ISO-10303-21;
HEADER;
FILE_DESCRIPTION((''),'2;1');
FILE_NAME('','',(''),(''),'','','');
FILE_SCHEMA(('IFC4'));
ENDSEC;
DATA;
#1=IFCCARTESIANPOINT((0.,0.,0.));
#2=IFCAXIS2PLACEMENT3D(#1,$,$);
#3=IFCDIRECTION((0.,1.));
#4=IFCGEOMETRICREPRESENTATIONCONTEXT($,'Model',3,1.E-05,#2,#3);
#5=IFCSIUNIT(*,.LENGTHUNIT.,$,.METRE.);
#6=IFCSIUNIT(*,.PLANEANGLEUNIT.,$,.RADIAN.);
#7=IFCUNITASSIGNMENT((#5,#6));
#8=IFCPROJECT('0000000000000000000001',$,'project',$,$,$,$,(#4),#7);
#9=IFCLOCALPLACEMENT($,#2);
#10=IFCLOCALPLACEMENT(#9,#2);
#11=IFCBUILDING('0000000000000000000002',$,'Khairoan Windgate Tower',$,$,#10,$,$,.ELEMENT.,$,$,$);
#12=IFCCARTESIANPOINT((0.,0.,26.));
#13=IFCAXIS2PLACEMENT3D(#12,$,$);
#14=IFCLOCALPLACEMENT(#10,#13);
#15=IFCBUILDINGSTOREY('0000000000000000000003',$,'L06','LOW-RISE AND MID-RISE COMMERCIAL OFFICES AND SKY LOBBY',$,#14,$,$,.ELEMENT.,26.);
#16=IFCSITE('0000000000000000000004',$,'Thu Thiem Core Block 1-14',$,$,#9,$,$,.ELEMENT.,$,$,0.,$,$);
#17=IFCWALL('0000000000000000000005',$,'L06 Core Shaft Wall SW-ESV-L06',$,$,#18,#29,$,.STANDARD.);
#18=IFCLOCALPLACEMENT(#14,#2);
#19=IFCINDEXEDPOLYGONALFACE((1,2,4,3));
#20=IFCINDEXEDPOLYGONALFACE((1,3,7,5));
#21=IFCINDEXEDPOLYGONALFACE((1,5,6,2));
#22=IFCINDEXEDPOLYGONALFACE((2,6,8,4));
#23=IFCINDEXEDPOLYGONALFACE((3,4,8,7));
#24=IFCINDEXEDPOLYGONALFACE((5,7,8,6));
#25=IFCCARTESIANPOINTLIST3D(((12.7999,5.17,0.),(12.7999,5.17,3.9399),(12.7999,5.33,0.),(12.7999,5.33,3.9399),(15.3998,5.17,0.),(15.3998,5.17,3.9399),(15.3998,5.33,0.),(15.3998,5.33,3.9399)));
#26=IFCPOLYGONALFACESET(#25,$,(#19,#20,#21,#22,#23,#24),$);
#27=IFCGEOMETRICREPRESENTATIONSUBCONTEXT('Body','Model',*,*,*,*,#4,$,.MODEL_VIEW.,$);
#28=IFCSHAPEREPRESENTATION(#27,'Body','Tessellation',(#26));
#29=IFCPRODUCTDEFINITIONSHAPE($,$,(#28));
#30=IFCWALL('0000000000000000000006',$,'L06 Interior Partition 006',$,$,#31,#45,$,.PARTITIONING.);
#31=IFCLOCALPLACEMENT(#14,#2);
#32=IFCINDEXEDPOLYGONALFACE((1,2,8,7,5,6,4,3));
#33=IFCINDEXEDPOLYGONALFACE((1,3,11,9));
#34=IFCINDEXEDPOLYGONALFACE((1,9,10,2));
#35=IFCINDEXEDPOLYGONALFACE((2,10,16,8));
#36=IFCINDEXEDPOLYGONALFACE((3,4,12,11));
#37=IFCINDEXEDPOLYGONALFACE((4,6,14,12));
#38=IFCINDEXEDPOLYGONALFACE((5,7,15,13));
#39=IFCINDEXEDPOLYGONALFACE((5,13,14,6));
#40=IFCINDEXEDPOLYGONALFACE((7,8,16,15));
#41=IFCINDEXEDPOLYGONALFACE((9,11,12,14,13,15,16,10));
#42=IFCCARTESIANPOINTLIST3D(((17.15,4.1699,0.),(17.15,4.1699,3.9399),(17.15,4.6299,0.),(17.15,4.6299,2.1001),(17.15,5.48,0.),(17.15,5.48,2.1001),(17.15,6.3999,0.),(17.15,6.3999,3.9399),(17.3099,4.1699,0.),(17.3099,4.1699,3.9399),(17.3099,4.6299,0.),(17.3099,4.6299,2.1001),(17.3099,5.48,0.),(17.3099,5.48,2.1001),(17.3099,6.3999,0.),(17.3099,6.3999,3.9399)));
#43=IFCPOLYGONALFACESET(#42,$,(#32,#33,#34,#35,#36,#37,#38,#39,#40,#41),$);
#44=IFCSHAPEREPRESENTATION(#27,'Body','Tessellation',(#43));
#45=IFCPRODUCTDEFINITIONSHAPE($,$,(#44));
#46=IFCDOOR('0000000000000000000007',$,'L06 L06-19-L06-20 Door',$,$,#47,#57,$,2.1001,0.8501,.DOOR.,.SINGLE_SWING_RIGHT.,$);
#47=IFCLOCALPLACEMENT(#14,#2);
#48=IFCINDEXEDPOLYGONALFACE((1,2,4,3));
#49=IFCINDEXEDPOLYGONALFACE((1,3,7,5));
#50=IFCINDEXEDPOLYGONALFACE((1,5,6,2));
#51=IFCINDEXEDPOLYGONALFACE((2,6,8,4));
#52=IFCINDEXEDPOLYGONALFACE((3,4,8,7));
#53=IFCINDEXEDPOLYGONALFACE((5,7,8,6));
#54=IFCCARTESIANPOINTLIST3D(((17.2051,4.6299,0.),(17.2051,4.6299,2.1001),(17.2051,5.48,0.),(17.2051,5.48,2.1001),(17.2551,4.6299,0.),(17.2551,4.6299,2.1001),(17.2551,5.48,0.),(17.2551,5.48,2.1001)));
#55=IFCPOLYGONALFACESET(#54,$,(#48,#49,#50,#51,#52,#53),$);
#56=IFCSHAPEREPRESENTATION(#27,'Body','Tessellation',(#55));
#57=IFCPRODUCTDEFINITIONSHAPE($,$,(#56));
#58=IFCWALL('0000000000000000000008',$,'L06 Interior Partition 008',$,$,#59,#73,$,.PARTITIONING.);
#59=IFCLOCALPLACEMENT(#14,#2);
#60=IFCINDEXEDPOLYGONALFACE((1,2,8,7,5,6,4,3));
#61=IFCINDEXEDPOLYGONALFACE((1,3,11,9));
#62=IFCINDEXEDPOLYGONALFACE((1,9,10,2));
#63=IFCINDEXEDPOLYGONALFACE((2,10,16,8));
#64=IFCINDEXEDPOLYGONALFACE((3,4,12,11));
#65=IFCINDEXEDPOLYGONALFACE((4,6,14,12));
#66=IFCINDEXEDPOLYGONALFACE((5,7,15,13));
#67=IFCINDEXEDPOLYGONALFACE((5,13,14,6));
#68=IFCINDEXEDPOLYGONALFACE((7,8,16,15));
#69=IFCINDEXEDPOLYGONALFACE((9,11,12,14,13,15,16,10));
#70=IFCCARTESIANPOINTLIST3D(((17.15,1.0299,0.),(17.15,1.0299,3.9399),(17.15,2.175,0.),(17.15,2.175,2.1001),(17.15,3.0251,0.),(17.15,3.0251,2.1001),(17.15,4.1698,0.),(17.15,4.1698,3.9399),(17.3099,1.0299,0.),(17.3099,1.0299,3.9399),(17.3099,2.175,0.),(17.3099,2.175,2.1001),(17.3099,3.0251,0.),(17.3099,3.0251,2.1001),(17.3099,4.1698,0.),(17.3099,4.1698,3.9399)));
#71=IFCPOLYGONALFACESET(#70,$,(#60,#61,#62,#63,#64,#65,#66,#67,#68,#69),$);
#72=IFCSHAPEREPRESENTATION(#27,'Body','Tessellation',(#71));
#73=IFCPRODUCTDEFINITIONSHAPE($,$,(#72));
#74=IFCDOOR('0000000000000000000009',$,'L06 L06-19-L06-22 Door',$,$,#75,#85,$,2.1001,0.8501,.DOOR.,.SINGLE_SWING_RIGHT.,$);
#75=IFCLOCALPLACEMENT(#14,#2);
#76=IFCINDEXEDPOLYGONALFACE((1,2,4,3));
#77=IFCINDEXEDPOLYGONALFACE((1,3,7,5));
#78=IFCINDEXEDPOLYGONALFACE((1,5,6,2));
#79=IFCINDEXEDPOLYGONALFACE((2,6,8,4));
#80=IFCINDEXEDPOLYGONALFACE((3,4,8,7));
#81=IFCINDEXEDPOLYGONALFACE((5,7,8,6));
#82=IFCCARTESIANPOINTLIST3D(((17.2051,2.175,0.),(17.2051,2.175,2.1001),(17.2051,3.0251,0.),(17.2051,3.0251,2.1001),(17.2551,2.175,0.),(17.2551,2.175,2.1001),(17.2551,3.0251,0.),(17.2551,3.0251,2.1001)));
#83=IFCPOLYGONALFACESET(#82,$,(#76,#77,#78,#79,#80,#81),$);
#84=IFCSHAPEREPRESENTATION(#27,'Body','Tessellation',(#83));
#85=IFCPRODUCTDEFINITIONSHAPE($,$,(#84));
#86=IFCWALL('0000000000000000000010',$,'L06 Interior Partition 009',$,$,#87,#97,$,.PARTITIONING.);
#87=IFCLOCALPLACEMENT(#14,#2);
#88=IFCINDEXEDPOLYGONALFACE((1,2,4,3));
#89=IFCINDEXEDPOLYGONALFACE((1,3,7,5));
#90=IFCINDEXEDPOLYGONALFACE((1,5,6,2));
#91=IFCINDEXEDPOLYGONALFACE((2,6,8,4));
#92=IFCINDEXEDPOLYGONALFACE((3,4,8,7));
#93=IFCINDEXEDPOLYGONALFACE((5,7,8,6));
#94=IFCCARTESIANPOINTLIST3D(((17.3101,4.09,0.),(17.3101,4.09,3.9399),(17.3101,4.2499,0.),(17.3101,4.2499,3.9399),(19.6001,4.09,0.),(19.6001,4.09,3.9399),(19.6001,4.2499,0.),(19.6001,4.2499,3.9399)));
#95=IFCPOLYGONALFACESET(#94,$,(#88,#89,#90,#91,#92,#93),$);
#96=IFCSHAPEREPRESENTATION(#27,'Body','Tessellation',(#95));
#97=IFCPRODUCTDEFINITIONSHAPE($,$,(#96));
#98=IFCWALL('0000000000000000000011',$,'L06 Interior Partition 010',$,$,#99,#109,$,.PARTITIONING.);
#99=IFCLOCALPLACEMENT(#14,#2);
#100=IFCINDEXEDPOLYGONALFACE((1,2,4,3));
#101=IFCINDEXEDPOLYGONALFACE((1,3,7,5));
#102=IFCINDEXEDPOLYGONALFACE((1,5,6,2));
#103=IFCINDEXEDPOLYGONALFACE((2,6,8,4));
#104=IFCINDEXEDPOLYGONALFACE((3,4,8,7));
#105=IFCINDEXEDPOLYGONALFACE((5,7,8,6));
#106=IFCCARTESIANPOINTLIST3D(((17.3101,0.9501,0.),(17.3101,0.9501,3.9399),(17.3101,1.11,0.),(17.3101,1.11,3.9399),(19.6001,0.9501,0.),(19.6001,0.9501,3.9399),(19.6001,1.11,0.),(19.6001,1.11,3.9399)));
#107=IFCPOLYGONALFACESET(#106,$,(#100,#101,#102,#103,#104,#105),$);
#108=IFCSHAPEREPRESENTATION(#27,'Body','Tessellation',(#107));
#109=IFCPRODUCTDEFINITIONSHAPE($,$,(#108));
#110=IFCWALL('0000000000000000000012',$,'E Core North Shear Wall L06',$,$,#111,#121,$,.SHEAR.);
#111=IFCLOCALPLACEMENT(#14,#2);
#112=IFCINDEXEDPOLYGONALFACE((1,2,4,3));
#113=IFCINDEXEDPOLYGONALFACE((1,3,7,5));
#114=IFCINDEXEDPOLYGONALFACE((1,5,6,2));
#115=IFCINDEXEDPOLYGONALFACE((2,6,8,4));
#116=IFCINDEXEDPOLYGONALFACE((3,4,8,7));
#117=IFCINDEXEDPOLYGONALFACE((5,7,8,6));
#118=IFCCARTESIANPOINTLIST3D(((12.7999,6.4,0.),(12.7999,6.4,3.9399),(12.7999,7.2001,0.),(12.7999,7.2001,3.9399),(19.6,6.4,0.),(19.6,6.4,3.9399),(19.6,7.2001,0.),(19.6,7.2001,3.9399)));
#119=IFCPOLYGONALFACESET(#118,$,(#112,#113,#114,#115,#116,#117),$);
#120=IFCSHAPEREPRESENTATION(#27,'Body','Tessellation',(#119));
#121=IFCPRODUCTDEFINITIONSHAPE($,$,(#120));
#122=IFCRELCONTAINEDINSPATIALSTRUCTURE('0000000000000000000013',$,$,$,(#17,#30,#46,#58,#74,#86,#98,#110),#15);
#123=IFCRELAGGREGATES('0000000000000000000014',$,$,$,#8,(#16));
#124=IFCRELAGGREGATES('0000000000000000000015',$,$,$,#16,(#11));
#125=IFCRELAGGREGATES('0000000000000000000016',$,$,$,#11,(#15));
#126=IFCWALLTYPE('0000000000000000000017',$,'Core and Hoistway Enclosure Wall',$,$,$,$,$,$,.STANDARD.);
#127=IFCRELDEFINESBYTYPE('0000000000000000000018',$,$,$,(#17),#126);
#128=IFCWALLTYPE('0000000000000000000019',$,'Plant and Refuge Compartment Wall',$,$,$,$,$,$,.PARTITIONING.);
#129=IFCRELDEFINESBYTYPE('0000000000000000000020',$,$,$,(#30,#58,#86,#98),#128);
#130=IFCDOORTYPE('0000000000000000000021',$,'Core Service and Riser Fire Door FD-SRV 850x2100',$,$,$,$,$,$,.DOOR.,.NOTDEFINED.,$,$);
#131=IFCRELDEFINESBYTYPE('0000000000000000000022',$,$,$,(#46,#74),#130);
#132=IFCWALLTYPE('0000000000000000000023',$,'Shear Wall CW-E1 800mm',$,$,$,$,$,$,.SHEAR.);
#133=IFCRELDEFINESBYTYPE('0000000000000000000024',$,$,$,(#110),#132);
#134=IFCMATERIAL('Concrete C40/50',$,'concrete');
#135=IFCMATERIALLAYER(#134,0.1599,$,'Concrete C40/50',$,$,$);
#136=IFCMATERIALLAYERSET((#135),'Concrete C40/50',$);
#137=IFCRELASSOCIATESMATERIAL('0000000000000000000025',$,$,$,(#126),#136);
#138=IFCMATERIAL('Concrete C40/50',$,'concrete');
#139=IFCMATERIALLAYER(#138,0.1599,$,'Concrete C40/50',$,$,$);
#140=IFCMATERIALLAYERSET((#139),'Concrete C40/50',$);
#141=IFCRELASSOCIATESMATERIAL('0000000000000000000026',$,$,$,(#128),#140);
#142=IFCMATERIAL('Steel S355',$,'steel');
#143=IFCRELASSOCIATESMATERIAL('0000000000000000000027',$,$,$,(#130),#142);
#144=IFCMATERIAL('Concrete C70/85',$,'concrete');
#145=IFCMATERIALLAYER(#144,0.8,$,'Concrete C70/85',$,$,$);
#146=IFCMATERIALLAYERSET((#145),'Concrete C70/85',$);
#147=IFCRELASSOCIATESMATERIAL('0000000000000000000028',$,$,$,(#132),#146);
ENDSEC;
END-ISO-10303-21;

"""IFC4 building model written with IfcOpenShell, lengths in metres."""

from ifc_helpers import new_model, si_unit, direction, frame, frame_2d, origin, place, context, subcontext, project, spatial, rectangle, extrude, material, layer, layer_set, type_object, element, fill, save


model = new_model("IFC4")

# Units and contexts
model_context = context("Model", 3, precision=1e-05, world=origin(), true_north=direction((0.0, 1.0)))
body_context = subcontext(model_context, "Body", "Model", "MODEL_VIEW")
ifc_project = project(units=[si_unit("LENGTHUNIT", "METRE"), si_unit("PLANEANGLEUNIT", "RADIAN")], contexts=[model_context])

# Site, building, storey
site_placement = place(None, origin())
site = spatial("IfcSite", under=ifc_project, at=site_placement, Name="Thu Thiem Core Block 1-14", CompositionType="ELEMENT", RefElevation=0.0)
building_placement = place(site_placement, origin())
building = spatial("IfcBuilding", under=site, at=building_placement, Name="Khairoan Windgate Tower", CompositionType="ELEMENT")
storey_placement = place(building_placement, frame((0.0, 0.0, 26.0)))
storey = spatial("IfcBuildingStorey", under=building, at=storey_placement, Name="L06", Description="LOW-RISE AND MID-RISE COMMERCIAL OFFICES AND SKY LOBBY", CompositionType="ELEMENT", Elevation=26.0)

# Wall
ifc_material_1 = material(Name="Concrete C40/50", Category="concrete")
ifc_layer_1 = layer(ifc_material_1, 0.1599, Name="Concrete C40/50")
ifc_layer_set_1 = layer_set([ifc_layer_1], Name="Concrete C40/50")
wall_type_1 = type_object("IfcWallType", Name="Core and Hoistway Enclosure Wall", PredefinedType="STANDARD", material=ifc_layer_set_1)
wall_1_placement = place(storey_placement, frame((12.8, 5.25, 0.0), z_axis=(0.0, 0.0, 1.0), x_axis=(1.0, 0.0, 0.0)))
element("IfcWall", 1, at=wall_1_placement, inside=storey, type_object=wall_type_1, Name="L06 Core Shaft Wall SW-ESV-L06", PredefinedType="STANDARD", context=body_context, shape_type="SweptSolid", body=[
    extrude(rectangle(XDim=2.5999, YDim=0.1599, at=frame_2d((1.2998, 0.0))), origin(), (0.0, 0.0, 1.0), 3.9399),
])

# Walls, openings, doors
ifc_material_2 = material(Name="Concrete C40/50", Category="concrete")
ifc_layer_2 = layer(ifc_material_2, 0.1599, Name="Concrete C40/50")
ifc_layer_set_2 = layer_set([ifc_layer_2], Name="Concrete C40/50")
wall_type_2 = type_object("IfcWallType", Name="Plant and Refuge Compartment Wall", PredefinedType="PARTITIONING", material=ifc_layer_set_2)
wall_2_placement = place(storey_placement, frame((17.23, 4.1699, 0.0), z_axis=(0.0, 0.0, 1.0), x_axis=(0.0, 1.0, 0.0)))
wall_2 = element("IfcWall", 2, at=wall_2_placement, inside=storey, type_object=wall_type_2, Name="L06 Interior Partition 006", PredefinedType="PARTITIONING", context=body_context, shape_type="SweptSolid", body=[
    extrude(rectangle(XDim=2.23, YDim=0.1599, at=frame_2d((1.115, 0.0))), origin(), (0.0, 0.0, 1.0), 3.9399),
])
opening_1_placement = place(wall_2_placement, frame((0.46, 0.0, 0.0)))
opening_1 = element("IfcOpeningElement", 3, at=opening_1_placement, cuts=wall_2, PredefinedType="OPENING", context=body_context, shape_type="SweptSolid", body=[
    extrude(rectangle(XDim=0.8501, YDim=2.1001, at=frame_2d((0.425, 1.05))), frame((0.0, 0.0898, 0.0), z_axis=(0.0, -1.0, 0.0), x_axis=(1.0, 0.0, 0.0)), (0.0, 0.0, 1.0), 0.1799),
])
ifc_material_3 = material(Name="Steel S355", Category="steel")
door_type = type_object("IfcDoorType", Name="Core Service and Riser Fire Door FD-SRV 850x2100", OperationType="NOTDEFINED", PredefinedType="DOOR", material=ifc_material_3)
door_1_placement = place(opening_1_placement, origin())
door_1 = element("IfcDoor", 4, at=door_1_placement, inside=storey, type_object=door_type, Name="L06 L06-19-L06-20 Door", OperationType="SINGLE_SWING_RIGHT", OverallHeight=2.1001, OverallWidth=0.8501, PredefinedType="DOOR", context=body_context, shape_type="SweptSolid", body=[
    extrude(rectangle(XDim=0.8501, YDim=2.1001, at=frame_2d((0.425, 1.05))), frame((0.0, 0.0249, 0.0), z_axis=(0.0, -1.0, 0.0), x_axis=(1.0, 0.0, 0.0)), (0.0, 0.0, 1.0), 0.05),
])
fill(opening_1, door_1)
wall_3_placement = place(storey_placement, frame((17.23, 1.03, 0.0), z_axis=(0.0, 0.0, 1.0), x_axis=(0.0, 1.0, 0.0)))
wall_3 = element("IfcWall", 5, at=wall_3_placement, inside=storey, type_object=wall_type_2, Name="L06 Interior Partition 008", PredefinedType="PARTITIONING", context=body_context, shape_type="SweptSolid", body=[
    extrude(rectangle(XDim=3.1399, YDim=0.1599, at=frame_2d((1.5698, 0.0))), origin(), (0.0, 0.0, 1.0), 3.9399),
])
opening_2_placement = place(wall_3_placement, frame((1.145, 0.0, 0.0)))
opening_2 = element("IfcOpeningElement", 6, at=opening_2_placement, cuts=wall_3, PredefinedType="OPENING", context=body_context, shape_type="SweptSolid", body=[
    extrude(rectangle(XDim=0.8501, YDim=2.1001, at=frame_2d((0.425, 1.05))), frame((0.0, 0.0898, 0.0), z_axis=(0.0, -1.0, 0.0), x_axis=(1.0, 0.0, 0.0)), (0.0, 0.0, 1.0), 0.1799),
])
door_2_placement = place(opening_2_placement, origin())
door_2 = element("IfcDoor", 7, at=door_2_placement, inside=storey, type_object=door_type, Name="L06 L06-19-L06-22 Door", OperationType="SINGLE_SWING_RIGHT", OverallHeight=2.1001, OverallWidth=0.8501, PredefinedType="DOOR", context=body_context, shape_type="SweptSolid", body=[
    extrude(rectangle(XDim=0.8501, YDim=2.1001, at=frame_2d((0.425, 1.05))), frame((0.0, 0.0249, 0.0), z_axis=(0.0, -1.0, 0.0), x_axis=(1.0, 0.0, 0.0)), (0.0, 0.0, 1.0), 0.05),
])
fill(opening_2, door_2)

# Walls
for number, where, z_axis, x_axis, name in (
    (8, (17.3101, 4.1699, 0.0), (0.0, 0.0, 1.0), (1.0, 0.0, 0.0), "L06 Interior Partition 009"),
    (9, (17.3101, 1.03, 0.0), (0.0, 0.0, 1.0), (1.0, 0.0, 0.0), "L06 Interior Partition 010"),
):
    element("IfcWall", number, at=place(storey_placement, frame(where, z_axis=z_axis, x_axis=x_axis)), inside=storey, type_object=wall_type_2, Name=name, PredefinedType="PARTITIONING", context=body_context, shape_type="SweptSolid", body=[
        extrude(rectangle(XDim=2.29, YDim=0.1599, at=frame_2d((1.145, 0.0))), origin(), (0.0, 0.0, 1.0), 3.9399),
    ])
ifc_material_4 = material(Name="Concrete C70/85", Category="concrete")
ifc_layer_3 = layer(ifc_material_4, 0.8, Name="Concrete C70/85")
ifc_layer_set_3 = layer_set([ifc_layer_3], Name="Concrete C70/85")
wall_type_3 = type_object("IfcWallType", Name="Shear Wall CW-E1 800mm", PredefinedType="SHEAR", material=ifc_layer_set_3)
wall_4_placement = place(storey_placement, frame((12.8, 6.8, 0.0), z_axis=(0.0, 0.0, 1.0), x_axis=(1.0, 0.0, 0.0)))
element("IfcWall", 10, at=wall_4_placement, inside=storey, type_object=wall_type_3, Name="E Core North Shear Wall L06", PredefinedType="SHEAR", context=body_context, shape_type="SweptSolid", body=[
    extrude(rectangle(XDim=6.8, YDim=0.8, at=frame_2d((3.3999, 0.0))), origin(), (0.0, 0.0, 1.0), 3.9399),
])

save(model, "model.ifc")
